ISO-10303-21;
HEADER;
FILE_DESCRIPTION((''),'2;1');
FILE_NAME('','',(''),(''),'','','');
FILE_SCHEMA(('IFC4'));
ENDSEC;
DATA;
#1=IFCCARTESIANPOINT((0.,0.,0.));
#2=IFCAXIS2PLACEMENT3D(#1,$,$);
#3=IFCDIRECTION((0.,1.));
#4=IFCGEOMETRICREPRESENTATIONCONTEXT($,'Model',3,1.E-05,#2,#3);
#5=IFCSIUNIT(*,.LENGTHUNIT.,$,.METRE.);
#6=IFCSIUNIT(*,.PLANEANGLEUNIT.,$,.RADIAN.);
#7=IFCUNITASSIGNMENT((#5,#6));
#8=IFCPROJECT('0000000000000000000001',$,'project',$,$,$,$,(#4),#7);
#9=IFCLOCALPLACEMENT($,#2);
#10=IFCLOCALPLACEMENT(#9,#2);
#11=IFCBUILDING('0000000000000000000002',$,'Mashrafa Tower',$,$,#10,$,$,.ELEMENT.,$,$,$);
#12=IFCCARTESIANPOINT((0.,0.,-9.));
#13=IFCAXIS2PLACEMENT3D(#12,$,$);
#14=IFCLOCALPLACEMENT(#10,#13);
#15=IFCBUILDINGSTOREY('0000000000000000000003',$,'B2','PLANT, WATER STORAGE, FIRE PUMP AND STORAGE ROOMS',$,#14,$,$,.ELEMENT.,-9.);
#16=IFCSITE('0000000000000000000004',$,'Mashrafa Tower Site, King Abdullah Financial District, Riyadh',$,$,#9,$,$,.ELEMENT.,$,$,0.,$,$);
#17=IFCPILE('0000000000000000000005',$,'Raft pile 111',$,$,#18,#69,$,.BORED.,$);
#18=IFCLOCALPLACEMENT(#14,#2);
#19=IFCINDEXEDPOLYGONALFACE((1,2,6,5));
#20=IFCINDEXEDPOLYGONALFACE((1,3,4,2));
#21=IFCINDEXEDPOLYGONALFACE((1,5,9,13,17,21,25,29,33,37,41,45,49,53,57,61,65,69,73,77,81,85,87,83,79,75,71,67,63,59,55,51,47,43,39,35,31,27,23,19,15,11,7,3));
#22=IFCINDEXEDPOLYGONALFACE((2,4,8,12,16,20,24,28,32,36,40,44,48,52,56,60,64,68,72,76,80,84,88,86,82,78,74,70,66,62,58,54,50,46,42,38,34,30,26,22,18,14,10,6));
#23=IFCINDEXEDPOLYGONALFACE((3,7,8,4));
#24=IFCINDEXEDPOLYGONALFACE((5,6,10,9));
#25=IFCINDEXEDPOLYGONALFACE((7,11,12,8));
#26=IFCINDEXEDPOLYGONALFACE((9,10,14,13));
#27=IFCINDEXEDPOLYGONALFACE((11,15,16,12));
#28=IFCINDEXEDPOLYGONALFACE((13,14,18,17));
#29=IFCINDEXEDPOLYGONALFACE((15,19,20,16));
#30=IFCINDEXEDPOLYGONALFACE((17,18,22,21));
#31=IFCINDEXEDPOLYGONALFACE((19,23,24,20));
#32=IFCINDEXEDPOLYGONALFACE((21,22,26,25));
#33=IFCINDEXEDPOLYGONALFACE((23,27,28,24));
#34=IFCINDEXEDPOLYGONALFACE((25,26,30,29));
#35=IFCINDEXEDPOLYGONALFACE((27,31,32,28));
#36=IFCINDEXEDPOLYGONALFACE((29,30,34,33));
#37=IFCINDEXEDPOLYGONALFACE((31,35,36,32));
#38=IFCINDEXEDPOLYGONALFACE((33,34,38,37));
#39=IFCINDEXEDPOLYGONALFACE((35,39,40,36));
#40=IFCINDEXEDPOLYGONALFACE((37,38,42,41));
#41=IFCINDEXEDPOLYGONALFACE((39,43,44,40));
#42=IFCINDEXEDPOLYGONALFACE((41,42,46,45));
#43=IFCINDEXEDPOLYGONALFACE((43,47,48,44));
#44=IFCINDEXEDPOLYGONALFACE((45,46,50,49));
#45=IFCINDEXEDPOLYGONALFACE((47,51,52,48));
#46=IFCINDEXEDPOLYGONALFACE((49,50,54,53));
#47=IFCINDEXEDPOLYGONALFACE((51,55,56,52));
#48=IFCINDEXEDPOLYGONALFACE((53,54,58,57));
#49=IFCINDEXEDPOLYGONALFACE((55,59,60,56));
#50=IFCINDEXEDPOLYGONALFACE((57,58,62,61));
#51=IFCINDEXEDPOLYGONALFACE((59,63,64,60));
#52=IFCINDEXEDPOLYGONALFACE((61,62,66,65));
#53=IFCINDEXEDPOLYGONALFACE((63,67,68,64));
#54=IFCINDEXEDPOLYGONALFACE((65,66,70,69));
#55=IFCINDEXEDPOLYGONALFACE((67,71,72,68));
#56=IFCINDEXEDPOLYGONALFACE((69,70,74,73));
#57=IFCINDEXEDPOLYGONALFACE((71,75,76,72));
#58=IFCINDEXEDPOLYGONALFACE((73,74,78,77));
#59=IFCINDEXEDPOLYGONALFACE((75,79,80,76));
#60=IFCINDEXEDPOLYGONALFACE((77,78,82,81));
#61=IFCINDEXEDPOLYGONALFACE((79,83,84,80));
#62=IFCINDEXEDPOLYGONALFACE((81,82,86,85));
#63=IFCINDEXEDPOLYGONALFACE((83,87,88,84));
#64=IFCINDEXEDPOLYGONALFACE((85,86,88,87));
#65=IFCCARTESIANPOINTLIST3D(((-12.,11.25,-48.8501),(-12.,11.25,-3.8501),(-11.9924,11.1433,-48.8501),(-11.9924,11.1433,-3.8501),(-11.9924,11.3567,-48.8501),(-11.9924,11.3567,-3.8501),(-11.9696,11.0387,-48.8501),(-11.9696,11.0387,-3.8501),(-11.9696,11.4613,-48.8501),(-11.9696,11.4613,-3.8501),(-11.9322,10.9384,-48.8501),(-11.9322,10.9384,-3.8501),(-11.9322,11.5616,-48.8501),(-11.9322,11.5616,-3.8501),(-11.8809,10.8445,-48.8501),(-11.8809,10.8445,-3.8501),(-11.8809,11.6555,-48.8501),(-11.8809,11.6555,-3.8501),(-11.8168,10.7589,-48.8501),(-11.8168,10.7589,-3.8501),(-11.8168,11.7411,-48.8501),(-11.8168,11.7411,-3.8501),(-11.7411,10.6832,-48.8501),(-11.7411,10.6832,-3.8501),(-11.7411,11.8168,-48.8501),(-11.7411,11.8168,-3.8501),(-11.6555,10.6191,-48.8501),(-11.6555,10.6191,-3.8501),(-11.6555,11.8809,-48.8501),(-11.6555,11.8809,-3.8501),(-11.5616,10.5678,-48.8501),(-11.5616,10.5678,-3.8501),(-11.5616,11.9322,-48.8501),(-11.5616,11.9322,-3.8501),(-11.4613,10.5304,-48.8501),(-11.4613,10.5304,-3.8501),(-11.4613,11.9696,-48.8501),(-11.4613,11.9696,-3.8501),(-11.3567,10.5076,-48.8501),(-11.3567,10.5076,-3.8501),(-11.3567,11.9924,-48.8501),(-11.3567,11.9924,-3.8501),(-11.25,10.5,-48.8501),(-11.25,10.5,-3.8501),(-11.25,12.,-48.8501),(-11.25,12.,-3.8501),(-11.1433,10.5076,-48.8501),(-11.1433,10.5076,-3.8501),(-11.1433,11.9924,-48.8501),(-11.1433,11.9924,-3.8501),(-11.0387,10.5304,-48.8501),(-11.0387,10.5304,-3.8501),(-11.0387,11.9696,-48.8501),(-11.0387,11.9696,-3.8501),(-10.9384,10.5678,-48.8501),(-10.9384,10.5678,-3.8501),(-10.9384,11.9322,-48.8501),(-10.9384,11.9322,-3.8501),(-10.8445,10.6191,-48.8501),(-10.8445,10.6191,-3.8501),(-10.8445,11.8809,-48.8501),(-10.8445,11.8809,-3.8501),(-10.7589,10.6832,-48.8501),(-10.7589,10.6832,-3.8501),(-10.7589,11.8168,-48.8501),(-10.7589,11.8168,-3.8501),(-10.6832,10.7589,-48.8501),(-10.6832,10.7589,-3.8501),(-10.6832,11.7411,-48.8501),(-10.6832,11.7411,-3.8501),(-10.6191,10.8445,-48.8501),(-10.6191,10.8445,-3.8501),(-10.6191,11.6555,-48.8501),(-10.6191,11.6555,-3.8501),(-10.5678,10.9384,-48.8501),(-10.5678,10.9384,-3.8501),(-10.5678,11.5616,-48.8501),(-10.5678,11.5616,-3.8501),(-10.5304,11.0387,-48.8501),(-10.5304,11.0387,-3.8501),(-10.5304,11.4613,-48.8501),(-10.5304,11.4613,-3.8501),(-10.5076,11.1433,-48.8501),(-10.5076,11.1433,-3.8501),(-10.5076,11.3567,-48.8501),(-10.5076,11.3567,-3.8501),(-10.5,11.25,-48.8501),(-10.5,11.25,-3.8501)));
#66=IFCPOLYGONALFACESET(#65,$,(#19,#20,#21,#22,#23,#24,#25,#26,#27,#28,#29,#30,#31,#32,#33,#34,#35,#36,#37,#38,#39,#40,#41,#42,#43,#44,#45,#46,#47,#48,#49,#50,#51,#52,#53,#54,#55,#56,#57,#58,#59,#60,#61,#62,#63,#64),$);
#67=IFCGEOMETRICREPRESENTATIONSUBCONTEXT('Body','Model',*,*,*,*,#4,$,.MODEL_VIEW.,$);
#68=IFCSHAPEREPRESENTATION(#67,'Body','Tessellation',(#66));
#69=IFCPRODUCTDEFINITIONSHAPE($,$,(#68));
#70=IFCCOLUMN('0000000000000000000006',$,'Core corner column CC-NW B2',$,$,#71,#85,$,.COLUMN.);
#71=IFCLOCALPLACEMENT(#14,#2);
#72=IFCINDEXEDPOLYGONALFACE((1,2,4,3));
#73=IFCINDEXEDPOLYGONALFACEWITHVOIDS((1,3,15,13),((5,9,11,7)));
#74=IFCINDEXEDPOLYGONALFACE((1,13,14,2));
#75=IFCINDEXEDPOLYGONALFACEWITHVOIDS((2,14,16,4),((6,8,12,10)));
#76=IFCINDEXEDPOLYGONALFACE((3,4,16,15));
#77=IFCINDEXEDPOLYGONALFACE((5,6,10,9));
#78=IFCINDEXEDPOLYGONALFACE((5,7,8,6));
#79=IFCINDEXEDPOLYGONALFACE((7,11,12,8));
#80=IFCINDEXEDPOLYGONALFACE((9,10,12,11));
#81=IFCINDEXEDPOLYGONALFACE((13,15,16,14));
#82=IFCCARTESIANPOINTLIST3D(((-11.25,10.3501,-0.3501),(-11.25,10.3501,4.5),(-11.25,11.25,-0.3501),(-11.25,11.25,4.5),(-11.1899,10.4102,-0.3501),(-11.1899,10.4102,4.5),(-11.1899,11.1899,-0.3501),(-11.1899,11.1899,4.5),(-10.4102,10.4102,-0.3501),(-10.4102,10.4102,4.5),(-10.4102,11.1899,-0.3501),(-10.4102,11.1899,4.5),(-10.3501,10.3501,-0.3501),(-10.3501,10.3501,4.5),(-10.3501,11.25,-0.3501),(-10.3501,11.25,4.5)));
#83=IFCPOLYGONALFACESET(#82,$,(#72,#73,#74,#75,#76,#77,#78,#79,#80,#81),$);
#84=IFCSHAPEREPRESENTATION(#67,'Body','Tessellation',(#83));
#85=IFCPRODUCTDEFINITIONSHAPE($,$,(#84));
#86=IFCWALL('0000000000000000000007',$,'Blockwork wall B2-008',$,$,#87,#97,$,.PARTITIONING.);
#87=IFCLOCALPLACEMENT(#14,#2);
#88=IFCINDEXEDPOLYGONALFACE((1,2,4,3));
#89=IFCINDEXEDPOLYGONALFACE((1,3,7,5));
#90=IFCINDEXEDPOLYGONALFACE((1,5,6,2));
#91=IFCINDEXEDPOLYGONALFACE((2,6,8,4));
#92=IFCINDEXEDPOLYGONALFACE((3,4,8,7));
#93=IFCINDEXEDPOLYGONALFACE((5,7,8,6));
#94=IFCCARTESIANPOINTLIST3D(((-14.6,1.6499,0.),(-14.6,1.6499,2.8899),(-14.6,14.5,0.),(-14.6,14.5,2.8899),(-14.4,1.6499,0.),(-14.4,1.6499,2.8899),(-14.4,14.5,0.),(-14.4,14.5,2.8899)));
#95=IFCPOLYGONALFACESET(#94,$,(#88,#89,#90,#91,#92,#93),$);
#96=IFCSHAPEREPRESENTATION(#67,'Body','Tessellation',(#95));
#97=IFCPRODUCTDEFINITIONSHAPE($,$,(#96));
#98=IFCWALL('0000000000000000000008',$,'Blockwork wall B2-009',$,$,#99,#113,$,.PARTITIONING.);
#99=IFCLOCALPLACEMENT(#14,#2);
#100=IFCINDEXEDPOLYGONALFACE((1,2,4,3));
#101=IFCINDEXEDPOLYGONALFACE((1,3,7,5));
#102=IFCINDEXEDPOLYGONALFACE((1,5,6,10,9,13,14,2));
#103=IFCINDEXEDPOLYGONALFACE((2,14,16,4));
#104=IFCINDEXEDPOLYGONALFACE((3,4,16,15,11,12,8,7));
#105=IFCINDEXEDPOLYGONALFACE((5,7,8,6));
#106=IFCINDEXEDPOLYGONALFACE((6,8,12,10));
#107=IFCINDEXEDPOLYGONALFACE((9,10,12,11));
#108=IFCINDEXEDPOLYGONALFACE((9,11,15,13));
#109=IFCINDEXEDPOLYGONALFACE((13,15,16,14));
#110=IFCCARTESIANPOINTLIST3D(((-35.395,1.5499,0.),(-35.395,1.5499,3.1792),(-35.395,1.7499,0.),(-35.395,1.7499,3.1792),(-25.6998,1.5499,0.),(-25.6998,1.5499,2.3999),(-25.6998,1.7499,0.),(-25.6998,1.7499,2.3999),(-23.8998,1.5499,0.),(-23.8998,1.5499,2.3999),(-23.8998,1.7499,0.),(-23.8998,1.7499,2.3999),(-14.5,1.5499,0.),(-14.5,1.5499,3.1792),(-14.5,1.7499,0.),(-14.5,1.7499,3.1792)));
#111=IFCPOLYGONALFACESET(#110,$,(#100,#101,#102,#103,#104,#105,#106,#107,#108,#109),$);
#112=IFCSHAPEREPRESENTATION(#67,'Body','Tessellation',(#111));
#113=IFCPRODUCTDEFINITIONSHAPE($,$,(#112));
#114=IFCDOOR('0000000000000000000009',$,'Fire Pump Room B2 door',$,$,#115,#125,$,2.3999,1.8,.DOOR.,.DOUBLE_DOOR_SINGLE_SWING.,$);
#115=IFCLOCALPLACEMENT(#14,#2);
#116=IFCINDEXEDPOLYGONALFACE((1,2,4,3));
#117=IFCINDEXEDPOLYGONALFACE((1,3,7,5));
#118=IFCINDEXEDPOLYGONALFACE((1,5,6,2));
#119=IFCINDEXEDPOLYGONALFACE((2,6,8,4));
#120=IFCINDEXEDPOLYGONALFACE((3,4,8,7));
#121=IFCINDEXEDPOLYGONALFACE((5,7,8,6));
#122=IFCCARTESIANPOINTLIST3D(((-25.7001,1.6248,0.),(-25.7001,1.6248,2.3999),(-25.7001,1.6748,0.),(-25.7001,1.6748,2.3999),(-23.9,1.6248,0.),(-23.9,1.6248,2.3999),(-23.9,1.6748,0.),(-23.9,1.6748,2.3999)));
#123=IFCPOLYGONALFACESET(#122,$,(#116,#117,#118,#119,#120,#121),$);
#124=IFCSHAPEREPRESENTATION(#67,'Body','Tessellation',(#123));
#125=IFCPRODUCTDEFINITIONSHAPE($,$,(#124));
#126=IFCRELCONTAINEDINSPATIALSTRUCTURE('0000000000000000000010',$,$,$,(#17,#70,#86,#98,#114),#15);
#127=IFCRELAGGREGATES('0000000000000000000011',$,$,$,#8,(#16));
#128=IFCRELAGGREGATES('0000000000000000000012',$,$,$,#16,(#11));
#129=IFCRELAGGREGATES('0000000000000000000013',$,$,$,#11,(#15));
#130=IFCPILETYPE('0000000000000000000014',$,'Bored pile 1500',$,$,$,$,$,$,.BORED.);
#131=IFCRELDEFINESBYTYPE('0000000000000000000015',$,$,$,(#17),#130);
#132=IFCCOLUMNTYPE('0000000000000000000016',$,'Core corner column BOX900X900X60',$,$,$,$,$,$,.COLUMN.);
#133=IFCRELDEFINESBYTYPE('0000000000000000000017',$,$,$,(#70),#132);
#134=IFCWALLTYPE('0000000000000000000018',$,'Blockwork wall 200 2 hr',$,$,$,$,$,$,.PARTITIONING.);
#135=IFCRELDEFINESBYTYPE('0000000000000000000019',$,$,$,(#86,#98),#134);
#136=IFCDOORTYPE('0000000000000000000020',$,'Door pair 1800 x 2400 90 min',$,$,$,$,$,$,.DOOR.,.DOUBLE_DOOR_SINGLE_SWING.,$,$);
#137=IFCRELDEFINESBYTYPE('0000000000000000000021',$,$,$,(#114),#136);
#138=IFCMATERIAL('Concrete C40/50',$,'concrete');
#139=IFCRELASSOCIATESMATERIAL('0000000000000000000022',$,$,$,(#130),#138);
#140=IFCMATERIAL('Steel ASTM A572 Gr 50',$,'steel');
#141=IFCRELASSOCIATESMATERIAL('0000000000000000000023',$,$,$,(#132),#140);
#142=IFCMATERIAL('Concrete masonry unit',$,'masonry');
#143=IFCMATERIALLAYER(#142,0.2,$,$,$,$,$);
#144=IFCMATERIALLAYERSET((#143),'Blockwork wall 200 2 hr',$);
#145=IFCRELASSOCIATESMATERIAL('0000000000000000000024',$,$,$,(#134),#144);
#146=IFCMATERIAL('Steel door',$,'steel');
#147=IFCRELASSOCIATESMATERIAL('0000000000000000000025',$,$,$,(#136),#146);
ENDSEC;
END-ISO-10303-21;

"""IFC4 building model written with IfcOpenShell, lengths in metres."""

from ifc_helpers import new_model, si_unit, direction, frame, frame_2d, origin, origin_2d, place, context, subcontext, project, spatial, rectangle, hollow_rectangle, circle, extrude, material, layer, layer_set, material_profile, profile_set, type_object, element, fill, save


model = new_model("IFC4")

# Units and contexts
model_context = context("Model", 3, precision=1e-05, world=origin(), true_north=direction((0.0, 1.0)))
body_context = subcontext(model_context, "Body", "Model", "MODEL_VIEW")
ifc_project = project(units=[si_unit("LENGTHUNIT", "METRE"), si_unit("PLANEANGLEUNIT", "RADIAN")], contexts=[model_context])

# Site, building, storey
site_placement = place(None, origin())
site = spatial("IfcSite", under=ifc_project, at=site_placement, Name="Mashrafa Tower Site, King Abdullah Financial District, Riyadh", CompositionType="ELEMENT", RefElevation=0.0)
building_placement = place(site_placement, origin())
building = spatial("IfcBuilding", under=site, at=building_placement, Name="Mashrafa Tower", CompositionType="ELEMENT")
storey_placement = place(building_placement, frame((0.0, 0.0, -9.0)))
storey = spatial("IfcBuildingStorey", under=building, at=storey_placement, Name="B2", Description="PLANT, WATER STORAGE, FIRE PUMP AND STORAGE ROOMS", CompositionType="ELEMENT", Elevation=-9.0)

# Pile
ifc_material_1 = material(Name="Concrete C40/50", Category="concrete")
ifc_material_profile_1 = material_profile(ifc_material_1, circle(Radius=0.75, at=origin_2d()), Name="1500 DIA")
ifc_profile_set_1 = profile_set([ifc_material_profile_1], Name="Concrete C40/50")
pile_type = type_object("IfcPileType", Name="Bored pile 1500", PredefinedType="BORED", material=ifc_profile_set_1)
for number, where, z_axis, x_axis, name in (
    (1, (-11.25, 11.25, -3.8501), (0.0, 0.0, -1.0), (1.0, 0.0, 0.0), "Raft pile 111"),
):
    element("IfcPile", number, at=place(storey_placement, frame(where, z_axis=z_axis, x_axis=x_axis)), inside=storey, type_object=pile_type, Name=name, PredefinedType="BORED", context=body_context, shape_type="SweptSolid", body=[
        extrude(circle(Radius=0.75, at=origin_2d()), origin(), (0.0, 0.0, 1.0), 45.0),
    ])

# Column
ifc_material_2 = material(Name="Steel ASTM A572 Gr 50", Category="steel")
ifc_material_profile_2 = material_profile(ifc_material_2, hollow_rectangle(XDim=0.8999, YDim=0.8999, WallThickness=0.0601, at=origin_2d()), Name="BOX900X900X60")
ifc_profile_set_2 = profile_set([ifc_material_profile_2], Name="Steel ASTM A572 Gr 50")
column_type = type_object("IfcColumnType", Name="Core corner column BOX900X900X60", PredefinedType="COLUMN", material=ifc_profile_set_2)
column_placement = place(storey_placement, frame((-10.8, 10.8, -0.3501), z_axis=(0.0, 0.0, 1.0), x_axis=(1.0, 0.0, 0.0)))
element("IfcColumn", 2, at=column_placement, inside=storey, type_object=column_type, Name="Core corner column CC-NW B2", PredefinedType="COLUMN", context=body_context, shape_type="SweptSolid", body=[
    extrude(hollow_rectangle(XDim=0.8999, YDim=0.8999, WallThickness=0.0601, at=origin_2d()), origin(), (0.0, 0.0, 1.0), 4.8501),
])

# Wall
ifc_material_3 = material(Name="Concrete masonry unit", Category="masonry")
ifc_layer_1 = layer(ifc_material_3, 0.2)
ifc_layer_set_1 = layer_set([ifc_layer_1], Name="Blockwork wall 200 2 hr")
wall_type_1 = type_object("IfcWallType", Name="Blockwork wall 200 2 hr", PredefinedType="PARTITIONING", material=ifc_layer_set_1)
wall_1_placement = place(storey_placement, frame((-14.5, 14.5, 0.0), z_axis=(0.0, 0.0, 1.0), x_axis=(0.0, -1.0, 0.0)))
element("IfcWall", 3, at=wall_1_placement, inside=storey, type_object=wall_type_1, Name="Blockwork wall B2-008", PredefinedType="PARTITIONING", context=body_context, shape_type="SweptSolid", body=[
    extrude(rectangle(XDim=12.8501, YDim=0.2, at=frame_2d((6.425, 0.0))), origin(), (0.0, 0.0, 1.0), 2.8899),
])

# Wall, opening, door
wall_2_placement = place(storey_placement, frame((-14.5, 1.6499, 0.0), z_axis=(0.0, 0.0, 1.0), x_axis=(-1.0, 0.0, 0.0)))
wall_2 = element("IfcWall", 4, at=wall_2_placement, inside=storey, type_object=wall_type_1, Name="Blockwork wall B2-009", PredefinedType="PARTITIONING", context=body_context, shape_type="SweptSolid", body=[
    extrude(rectangle(XDim=20.895, YDim=0.2, at=frame_2d((10.4475, 0.0))), origin(), (0.0, 0.0, 1.0), 3.1792),
])
opening_1_placement = place(wall_2_placement, frame((9.3999, 0.0, 0.0)))
opening_1 = element("IfcOpeningElement", 5, at=opening_1_placement, cuts=wall_2, PredefinedType="OPENING", context=body_context, shape_type="SweptSolid", body=[
    extrude(rectangle(XDim=1.8, YDim=2.3999, at=frame_2d((0.8999, 1.2))), frame((0.0, 0.1099, 0.0), z_axis=(0.0, -1.0, 0.0), x_axis=(1.0, 0.0, 0.0)), (0.0, 0.0, 1.0), 0.22),
])
ifc_material_4 = material(Name="Steel door", Category="steel")
door_type_1 = type_object("IfcDoorType", Name="Door pair 1800 x 2400 90 min", OperationType="DOUBLE_DOOR_SINGLE_SWING", PredefinedType="DOOR", material=ifc_material_4)
door_1_placement = place(opening_1_placement, frame((1.8, 0.0, 0.0), z_axis=(0.0, 0.0, 1.0), x_axis=(-1.0, 0.0, 0.0)))
door_1 = element("IfcDoor", 6, at=door_1_placement, inside=storey, type_object=door_type_1, Name="Fire Pump Room B2 door", OperationType="DOUBLE_DOOR_SINGLE_SWING", OverallHeight=2.3999, OverallWidth=1.8, PredefinedType="DOOR", context=body_context, shape_type="SweptSolid", body=[
    extrude(rectangle(XDim=1.8, YDim=2.3999, at=frame_2d((0.8999, 1.2))), frame((0.0, 0.0249, 0.0), z_axis=(0.0, -1.0, 0.0), x_axis=(1.0, 0.0, 0.0)), (0.0, 0.0, 1.0), 0.05),
])
fill(opening_1, door_1)

save(model, "model.ifc")
